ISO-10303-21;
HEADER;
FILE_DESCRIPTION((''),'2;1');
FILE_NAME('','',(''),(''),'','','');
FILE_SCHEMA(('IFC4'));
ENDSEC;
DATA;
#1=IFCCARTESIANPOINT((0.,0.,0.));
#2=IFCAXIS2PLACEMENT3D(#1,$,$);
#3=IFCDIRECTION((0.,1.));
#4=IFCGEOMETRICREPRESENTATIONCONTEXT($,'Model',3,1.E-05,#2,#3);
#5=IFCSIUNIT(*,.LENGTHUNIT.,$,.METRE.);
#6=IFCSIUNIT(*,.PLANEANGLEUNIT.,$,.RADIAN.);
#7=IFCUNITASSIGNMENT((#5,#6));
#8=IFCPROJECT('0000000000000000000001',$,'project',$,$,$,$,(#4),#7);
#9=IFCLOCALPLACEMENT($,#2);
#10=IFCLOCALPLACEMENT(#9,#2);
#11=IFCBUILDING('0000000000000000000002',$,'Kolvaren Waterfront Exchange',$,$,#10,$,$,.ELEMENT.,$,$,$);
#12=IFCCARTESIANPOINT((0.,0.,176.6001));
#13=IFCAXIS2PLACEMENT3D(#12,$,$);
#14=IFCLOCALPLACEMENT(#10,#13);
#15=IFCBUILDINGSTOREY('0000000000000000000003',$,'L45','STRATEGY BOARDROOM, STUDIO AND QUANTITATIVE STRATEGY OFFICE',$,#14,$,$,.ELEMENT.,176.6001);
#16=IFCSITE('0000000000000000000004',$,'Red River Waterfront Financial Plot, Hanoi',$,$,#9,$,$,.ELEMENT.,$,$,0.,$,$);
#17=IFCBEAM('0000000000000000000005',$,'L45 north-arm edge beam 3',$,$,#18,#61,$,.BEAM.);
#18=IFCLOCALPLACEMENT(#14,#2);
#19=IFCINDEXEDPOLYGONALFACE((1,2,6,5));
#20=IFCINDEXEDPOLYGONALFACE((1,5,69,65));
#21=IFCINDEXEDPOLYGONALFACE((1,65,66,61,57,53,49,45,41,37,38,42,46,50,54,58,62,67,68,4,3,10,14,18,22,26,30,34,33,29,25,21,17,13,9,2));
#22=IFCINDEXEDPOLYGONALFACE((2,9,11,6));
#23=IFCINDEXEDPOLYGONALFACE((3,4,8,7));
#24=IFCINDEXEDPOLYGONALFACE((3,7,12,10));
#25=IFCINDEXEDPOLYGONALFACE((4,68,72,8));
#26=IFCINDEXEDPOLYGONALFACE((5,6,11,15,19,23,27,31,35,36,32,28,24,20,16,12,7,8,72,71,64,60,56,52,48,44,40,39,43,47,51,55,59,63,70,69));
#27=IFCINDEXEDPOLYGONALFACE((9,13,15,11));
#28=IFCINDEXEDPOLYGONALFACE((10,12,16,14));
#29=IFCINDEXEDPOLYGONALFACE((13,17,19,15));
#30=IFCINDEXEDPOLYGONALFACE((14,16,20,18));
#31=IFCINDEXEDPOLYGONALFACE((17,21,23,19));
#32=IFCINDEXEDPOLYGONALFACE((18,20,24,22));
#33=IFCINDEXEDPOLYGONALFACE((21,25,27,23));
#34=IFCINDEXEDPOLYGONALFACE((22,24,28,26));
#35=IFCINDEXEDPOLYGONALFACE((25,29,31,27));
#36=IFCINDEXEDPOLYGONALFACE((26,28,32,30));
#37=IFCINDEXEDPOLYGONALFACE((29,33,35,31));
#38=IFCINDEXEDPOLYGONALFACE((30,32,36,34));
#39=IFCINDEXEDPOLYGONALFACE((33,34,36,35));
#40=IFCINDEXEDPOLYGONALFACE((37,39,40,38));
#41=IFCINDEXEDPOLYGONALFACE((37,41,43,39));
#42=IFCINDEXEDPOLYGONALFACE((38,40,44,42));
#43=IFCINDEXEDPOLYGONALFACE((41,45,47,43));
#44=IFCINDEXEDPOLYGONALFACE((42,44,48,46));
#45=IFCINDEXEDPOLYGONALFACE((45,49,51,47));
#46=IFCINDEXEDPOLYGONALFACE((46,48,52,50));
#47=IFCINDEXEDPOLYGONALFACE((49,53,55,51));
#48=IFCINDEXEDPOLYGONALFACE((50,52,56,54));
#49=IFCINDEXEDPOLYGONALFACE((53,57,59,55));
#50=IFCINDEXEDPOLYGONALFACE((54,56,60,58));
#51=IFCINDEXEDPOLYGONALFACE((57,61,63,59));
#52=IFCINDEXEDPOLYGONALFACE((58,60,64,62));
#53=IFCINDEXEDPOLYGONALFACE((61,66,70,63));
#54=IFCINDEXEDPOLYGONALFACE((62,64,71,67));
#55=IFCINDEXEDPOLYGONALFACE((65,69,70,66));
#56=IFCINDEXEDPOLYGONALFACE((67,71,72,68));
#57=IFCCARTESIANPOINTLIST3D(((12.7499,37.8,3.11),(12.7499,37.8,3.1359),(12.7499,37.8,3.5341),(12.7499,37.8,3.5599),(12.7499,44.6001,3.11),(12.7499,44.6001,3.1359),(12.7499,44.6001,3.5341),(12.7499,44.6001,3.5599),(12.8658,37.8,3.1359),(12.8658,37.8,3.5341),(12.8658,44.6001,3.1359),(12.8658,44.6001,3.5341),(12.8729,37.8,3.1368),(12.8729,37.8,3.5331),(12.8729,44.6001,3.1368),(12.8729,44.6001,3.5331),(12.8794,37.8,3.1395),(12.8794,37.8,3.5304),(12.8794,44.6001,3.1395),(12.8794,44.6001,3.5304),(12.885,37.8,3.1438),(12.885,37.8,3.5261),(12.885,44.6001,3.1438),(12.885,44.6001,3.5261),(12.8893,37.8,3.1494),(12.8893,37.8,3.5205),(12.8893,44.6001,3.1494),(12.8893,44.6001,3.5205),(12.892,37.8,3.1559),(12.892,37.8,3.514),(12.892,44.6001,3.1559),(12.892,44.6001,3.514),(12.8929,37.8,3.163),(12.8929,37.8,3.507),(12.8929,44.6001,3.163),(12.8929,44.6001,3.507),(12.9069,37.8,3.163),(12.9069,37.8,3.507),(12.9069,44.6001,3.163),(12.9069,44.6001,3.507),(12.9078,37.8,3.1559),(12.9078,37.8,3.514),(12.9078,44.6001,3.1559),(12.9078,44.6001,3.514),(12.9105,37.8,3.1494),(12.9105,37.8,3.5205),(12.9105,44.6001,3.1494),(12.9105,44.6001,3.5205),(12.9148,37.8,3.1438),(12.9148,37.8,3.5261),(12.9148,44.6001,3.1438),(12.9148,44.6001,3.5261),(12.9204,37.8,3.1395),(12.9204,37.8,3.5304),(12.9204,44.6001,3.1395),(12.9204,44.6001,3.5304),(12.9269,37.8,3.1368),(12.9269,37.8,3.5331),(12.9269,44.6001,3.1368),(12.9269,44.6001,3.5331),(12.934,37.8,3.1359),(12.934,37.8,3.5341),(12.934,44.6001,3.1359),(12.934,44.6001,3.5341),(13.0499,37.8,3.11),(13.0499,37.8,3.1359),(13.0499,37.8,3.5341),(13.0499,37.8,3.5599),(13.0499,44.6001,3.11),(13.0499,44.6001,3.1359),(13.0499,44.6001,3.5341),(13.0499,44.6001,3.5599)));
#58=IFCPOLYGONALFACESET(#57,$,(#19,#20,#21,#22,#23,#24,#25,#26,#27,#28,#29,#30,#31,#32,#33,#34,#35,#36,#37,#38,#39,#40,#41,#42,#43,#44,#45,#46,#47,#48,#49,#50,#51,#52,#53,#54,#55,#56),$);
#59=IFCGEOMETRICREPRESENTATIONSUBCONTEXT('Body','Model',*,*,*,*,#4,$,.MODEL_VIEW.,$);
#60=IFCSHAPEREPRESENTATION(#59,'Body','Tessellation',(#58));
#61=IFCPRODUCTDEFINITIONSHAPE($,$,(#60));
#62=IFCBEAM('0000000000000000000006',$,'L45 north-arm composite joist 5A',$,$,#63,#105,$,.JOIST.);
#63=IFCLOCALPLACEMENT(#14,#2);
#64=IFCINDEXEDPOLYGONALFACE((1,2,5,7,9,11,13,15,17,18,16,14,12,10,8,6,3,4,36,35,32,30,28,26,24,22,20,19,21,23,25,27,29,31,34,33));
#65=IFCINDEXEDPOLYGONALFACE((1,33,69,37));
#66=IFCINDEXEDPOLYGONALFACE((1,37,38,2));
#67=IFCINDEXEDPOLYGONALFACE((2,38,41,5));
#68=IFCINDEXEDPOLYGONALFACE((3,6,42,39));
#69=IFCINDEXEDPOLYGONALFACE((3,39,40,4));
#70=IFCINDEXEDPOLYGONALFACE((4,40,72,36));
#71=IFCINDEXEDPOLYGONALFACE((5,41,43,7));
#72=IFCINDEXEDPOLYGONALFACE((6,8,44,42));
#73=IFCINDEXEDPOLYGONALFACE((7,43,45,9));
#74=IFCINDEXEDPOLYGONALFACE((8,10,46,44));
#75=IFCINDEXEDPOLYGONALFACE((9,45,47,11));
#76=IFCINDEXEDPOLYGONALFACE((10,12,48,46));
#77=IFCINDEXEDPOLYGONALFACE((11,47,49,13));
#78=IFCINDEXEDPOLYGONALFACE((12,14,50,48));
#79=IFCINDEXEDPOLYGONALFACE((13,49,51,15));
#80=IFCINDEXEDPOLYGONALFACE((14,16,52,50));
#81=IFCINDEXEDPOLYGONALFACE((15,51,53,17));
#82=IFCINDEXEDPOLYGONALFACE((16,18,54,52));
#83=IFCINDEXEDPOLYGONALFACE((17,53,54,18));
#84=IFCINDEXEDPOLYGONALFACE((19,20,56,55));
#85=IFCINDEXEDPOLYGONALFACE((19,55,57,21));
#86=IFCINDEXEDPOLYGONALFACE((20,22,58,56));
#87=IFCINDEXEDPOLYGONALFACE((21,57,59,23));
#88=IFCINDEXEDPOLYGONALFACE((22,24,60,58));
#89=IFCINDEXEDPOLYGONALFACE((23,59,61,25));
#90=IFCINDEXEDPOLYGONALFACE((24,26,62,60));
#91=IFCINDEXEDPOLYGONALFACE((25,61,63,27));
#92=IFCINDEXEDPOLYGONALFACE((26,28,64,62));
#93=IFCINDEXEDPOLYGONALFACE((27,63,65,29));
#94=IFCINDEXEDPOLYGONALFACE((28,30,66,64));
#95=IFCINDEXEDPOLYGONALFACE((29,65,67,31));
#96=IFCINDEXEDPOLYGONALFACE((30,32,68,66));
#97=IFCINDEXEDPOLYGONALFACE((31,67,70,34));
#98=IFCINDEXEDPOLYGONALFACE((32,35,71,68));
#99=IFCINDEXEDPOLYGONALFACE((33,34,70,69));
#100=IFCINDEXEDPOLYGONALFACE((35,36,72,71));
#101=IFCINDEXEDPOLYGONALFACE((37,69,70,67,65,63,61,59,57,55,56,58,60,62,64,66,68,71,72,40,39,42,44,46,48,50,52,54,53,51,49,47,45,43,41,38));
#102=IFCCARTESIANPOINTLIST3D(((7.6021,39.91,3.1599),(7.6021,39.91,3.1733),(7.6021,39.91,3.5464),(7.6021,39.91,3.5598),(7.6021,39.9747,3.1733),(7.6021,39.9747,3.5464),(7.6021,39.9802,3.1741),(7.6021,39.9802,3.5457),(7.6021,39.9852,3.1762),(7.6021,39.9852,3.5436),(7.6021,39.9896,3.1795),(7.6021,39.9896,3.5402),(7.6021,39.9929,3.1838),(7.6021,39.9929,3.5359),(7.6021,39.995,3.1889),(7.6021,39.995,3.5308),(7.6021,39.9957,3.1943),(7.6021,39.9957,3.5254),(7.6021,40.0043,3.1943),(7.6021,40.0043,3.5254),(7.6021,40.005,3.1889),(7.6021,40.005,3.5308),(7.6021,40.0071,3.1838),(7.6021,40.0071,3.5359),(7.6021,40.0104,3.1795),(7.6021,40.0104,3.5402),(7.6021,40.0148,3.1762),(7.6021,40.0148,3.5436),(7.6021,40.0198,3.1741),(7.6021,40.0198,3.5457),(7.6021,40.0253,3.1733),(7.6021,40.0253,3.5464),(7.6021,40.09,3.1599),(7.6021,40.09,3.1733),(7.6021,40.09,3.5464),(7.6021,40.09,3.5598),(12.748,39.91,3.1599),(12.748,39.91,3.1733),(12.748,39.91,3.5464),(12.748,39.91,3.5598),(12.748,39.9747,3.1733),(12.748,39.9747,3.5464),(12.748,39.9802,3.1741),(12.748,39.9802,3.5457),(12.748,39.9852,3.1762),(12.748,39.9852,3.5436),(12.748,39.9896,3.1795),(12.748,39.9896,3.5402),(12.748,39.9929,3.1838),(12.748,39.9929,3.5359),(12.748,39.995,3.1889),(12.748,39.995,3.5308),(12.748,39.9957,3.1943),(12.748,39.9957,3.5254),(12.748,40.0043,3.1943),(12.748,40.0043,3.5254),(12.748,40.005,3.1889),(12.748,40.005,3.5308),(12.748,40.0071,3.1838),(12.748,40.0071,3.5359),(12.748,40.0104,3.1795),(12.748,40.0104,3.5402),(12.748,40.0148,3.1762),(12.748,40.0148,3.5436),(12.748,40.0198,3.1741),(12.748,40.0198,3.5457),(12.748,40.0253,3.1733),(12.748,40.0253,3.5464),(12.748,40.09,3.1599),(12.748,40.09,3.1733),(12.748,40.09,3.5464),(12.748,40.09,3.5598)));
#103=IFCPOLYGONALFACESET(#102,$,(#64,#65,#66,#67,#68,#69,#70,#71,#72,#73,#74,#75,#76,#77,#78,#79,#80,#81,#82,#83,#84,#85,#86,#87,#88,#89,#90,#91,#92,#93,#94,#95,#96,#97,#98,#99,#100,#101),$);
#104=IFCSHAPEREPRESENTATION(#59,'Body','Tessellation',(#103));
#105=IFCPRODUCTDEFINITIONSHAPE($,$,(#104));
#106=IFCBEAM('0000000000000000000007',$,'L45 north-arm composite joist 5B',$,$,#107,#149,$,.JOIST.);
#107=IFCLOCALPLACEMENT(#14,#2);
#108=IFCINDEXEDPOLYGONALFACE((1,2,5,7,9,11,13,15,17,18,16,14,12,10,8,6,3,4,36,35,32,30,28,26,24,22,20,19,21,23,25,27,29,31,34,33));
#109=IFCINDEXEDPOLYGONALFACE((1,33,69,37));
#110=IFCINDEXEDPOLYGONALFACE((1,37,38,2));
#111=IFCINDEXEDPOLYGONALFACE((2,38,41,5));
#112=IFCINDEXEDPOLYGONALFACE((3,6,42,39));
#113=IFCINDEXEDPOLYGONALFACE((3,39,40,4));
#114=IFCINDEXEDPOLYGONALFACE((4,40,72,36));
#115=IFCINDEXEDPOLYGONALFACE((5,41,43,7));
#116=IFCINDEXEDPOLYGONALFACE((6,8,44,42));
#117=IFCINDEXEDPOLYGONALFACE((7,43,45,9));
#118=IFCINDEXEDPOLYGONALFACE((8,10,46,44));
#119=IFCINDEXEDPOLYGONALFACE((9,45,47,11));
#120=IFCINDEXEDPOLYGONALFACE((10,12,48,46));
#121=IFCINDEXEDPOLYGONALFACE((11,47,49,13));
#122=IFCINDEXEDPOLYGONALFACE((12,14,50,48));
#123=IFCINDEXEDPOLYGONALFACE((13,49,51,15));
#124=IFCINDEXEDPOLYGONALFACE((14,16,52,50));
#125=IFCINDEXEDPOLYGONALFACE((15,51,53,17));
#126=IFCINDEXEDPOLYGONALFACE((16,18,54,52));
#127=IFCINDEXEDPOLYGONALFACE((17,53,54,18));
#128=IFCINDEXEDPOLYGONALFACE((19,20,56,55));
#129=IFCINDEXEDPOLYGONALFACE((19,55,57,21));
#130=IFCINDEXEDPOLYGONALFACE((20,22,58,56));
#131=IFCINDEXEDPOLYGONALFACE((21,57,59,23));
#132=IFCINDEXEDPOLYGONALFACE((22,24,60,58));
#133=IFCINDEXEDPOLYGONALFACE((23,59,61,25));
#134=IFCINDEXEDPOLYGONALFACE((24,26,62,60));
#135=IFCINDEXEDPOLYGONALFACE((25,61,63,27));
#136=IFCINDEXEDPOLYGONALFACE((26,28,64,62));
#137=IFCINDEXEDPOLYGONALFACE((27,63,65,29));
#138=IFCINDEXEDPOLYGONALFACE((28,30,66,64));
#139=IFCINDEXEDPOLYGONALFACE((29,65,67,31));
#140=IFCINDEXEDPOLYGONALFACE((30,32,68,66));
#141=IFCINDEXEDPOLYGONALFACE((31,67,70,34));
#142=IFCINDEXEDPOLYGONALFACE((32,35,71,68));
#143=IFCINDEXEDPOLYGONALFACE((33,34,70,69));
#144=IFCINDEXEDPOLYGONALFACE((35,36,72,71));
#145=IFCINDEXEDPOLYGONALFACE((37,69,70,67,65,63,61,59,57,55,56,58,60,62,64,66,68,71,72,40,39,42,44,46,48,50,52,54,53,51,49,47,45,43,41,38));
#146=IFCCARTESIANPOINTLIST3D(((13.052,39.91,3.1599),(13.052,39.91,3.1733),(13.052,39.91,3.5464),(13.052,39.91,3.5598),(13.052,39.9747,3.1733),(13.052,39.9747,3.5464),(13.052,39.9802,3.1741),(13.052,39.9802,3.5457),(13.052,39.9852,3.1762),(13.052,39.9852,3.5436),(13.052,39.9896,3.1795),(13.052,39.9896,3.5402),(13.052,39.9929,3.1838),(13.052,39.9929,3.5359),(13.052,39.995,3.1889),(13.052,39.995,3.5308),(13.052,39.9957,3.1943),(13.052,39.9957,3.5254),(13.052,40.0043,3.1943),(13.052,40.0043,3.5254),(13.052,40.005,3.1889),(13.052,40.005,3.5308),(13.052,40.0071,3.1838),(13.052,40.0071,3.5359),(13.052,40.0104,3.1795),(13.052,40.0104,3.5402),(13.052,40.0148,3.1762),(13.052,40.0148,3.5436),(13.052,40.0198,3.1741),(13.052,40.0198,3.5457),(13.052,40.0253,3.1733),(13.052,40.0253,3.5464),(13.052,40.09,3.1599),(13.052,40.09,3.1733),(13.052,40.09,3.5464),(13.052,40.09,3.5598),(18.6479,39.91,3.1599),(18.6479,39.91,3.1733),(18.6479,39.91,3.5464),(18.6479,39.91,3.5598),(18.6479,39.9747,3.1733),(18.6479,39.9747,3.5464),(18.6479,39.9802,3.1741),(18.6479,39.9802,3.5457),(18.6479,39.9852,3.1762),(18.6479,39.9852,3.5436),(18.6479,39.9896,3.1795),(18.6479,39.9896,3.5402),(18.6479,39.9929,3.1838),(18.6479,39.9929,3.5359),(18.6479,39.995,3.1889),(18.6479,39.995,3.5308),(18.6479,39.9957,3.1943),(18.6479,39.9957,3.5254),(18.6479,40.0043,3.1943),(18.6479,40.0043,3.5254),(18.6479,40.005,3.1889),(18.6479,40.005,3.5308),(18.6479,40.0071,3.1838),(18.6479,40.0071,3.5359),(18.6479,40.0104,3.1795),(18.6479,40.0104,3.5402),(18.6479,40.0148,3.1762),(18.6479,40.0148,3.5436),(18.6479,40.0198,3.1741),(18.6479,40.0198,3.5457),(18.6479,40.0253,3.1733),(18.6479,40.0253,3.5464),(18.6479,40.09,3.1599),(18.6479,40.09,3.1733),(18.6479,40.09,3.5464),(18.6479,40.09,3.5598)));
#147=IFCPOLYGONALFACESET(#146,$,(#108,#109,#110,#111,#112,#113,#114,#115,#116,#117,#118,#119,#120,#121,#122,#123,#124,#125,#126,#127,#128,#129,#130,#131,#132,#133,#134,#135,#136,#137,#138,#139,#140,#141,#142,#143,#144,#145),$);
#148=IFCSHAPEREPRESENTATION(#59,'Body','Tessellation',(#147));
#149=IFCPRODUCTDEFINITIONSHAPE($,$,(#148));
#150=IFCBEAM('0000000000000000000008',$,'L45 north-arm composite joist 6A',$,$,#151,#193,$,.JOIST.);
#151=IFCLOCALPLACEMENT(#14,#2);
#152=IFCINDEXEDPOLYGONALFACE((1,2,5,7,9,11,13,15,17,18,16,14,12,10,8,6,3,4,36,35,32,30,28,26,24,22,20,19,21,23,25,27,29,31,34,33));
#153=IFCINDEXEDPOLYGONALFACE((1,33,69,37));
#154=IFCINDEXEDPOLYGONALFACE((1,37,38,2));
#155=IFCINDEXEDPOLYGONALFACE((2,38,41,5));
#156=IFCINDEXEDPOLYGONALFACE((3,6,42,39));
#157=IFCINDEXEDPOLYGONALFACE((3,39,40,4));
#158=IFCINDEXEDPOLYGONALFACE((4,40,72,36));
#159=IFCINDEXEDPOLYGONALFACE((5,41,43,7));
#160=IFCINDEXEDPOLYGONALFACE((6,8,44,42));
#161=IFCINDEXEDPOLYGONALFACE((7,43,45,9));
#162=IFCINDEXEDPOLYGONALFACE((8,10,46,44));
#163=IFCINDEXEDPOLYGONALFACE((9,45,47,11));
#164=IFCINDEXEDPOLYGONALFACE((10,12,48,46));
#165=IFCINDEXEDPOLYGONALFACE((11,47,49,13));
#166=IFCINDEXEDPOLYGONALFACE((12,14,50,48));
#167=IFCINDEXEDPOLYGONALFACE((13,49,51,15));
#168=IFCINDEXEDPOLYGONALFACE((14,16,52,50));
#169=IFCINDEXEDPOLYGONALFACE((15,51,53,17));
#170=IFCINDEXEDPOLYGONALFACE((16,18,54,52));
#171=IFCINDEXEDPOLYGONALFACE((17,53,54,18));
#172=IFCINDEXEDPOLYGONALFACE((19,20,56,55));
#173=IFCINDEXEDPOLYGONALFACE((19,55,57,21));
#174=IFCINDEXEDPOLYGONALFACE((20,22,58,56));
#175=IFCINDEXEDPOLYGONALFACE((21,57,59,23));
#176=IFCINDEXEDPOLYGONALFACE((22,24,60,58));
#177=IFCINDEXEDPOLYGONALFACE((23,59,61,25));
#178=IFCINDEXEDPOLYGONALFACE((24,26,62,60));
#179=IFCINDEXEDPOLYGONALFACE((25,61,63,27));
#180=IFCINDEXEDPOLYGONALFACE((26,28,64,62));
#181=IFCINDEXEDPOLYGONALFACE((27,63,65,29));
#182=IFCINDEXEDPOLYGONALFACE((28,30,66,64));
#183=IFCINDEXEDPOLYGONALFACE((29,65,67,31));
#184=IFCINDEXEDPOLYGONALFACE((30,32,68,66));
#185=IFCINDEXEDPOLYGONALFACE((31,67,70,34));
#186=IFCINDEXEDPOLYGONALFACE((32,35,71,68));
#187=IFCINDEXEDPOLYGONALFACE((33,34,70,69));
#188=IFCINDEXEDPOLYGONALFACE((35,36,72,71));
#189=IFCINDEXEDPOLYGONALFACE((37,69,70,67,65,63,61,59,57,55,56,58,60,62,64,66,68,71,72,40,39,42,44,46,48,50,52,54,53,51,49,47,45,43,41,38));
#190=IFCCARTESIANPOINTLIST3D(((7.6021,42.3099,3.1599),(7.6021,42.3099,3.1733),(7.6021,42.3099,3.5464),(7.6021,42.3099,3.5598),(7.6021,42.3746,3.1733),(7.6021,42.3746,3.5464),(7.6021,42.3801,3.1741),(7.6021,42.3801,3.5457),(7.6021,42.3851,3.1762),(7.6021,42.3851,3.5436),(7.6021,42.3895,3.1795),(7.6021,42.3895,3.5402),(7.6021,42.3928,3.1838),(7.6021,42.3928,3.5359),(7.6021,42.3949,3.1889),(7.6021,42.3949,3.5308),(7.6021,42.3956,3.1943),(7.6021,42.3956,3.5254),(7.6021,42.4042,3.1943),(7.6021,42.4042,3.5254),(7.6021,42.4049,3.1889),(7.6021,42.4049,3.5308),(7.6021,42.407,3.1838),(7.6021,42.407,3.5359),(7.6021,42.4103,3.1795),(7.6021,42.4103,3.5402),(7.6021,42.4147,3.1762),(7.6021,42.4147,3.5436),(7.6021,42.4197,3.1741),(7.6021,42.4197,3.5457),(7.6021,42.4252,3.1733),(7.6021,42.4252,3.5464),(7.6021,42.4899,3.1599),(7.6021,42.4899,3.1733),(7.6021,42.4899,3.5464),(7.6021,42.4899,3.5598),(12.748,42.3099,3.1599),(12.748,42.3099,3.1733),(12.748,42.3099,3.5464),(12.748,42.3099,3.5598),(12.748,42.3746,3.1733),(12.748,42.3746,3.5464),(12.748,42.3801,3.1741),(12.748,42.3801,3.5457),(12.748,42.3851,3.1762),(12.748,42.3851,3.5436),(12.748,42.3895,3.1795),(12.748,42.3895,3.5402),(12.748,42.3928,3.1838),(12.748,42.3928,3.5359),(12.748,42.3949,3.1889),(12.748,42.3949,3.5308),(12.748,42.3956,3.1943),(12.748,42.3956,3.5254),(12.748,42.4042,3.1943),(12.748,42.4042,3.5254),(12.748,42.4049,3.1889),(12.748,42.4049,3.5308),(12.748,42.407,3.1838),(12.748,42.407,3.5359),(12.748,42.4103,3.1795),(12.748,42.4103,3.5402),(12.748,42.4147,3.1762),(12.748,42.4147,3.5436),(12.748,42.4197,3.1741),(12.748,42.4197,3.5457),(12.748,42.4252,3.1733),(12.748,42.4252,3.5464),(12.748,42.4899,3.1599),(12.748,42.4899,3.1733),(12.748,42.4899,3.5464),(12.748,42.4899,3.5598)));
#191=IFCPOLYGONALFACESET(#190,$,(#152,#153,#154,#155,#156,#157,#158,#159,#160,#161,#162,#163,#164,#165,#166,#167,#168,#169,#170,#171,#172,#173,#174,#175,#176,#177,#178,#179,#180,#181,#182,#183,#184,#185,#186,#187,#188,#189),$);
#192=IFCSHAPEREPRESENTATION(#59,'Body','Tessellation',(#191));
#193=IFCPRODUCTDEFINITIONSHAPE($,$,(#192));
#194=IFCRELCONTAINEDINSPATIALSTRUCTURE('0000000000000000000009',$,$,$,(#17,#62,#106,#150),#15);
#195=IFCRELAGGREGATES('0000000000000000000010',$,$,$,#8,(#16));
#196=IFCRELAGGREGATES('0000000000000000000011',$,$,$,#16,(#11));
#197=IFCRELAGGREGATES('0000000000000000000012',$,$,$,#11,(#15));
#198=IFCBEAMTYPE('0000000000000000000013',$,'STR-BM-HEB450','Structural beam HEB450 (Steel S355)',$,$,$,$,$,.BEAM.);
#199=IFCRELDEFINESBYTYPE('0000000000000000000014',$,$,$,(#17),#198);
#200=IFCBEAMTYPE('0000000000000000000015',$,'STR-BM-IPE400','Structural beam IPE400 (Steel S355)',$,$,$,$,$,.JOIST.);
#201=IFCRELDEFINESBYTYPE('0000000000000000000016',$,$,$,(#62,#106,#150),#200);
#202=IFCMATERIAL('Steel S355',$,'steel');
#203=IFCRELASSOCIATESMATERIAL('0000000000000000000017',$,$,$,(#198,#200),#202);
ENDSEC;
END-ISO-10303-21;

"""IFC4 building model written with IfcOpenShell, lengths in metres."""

from ifc_helpers import new_model, si_unit, direction, frame, origin, origin_2d, place, context, subcontext, project, spatial, i_section, extrude, material, material_profile, profile_set, type_object, element, save


model = new_model("IFC4")

# Units and contexts
model_context = context("Model", 3, precision=1e-05, world=origin(), true_north=direction((0.0, 1.0)))
body_context = subcontext(model_context, "Body", "Model", "MODEL_VIEW")
ifc_project = project(units=[si_unit("LENGTHUNIT", "METRE"), si_unit("PLANEANGLEUNIT", "RADIAN")], contexts=[model_context])

# Site, building, storey
site_placement = place(None, origin())
site = spatial("IfcSite", under=ifc_project, at=site_placement, Name="Red River Waterfront Financial Plot, Hanoi", CompositionType="ELEMENT", RefElevation=0.0)
building_placement = place(site_placement, origin())
building = spatial("IfcBuilding", under=site, at=building_placement, Name="Kolvaren Waterfront Exchange", CompositionType="ELEMENT")
storey_placement = place(building_placement, frame((0.0, 0.0, 176.6001)))
storey = spatial("IfcBuildingStorey", under=building, at=storey_placement, Name="L45", Description="STRATEGY BOARDROOM, STUDIO AND QUANTITATIVE STRATEGY OFFICE", CompositionType="ELEMENT", Elevation=176.6001)

# Beams
ifc_material_1 = material(Name="Steel S355", Category="steel")
ifc_material_profile_1 = material_profile(ifc_material_1, i_section(OverallWidth=0.3, OverallDepth=0.45, WebThickness=0.0139, FlangeThickness=0.0259, FilletRadius=0.0271, at=origin_2d()), Name="HEB450")
ifc_profile_set_1 = profile_set([ifc_material_profile_1], Name="Steel S355")
beam_type_1 = type_object("IfcBeamType", Name="STR-BM-HEB450", Description="Structural beam HEB450 (Steel S355)", PredefinedType="BEAM", material=ifc_profile_set_1)
beam_1_placement = place(storey_placement, frame((12.8999, 37.8, 3.335), z_axis=(0.0, 1.0, 0.0), x_axis=(-1.0, 0.0, 0.0)))
element("IfcBeam", 1, at=beam_1_placement, inside=storey, type_object=beam_type_1, Name="L45 north-arm edge beam 3", PredefinedType="BEAM", context=body_context, shape_type="SweptSolid", body=[
    extrude(i_section(OverallWidth=0.3, OverallDepth=0.45, WebThickness=0.0139, FlangeThickness=0.0259, FilletRadius=0.0271, at=origin_2d()), origin(), (0.0, 0.0, 1.0), 6.8),
])
ifc_material_profile_2 = material_profile(ifc_material_1, i_section(OverallWidth=0.1799, OverallDepth=0.3999, WebThickness=0.0085, FlangeThickness=0.0134, FilletRadius=0.021, at=origin_2d()), Name="IPE400")
ifc_profile_set_2 = profile_set([ifc_material_profile_2], Name="Steel S355")
beam_type_2 = type_object("IfcBeamType", Name="STR-BM-IPE400", Description="Structural beam IPE400 (Steel S355)", PredefinedType="JOIST", material=ifc_profile_set_2)
beam_2_placement = place(storey_placement, frame((7.6021, 40.0, 3.3599), z_axis=(1.0, 0.0, 0.0), x_axis=(0.0, 1.0, 0.0)))
element("IfcBeam", 2, at=beam_2_placement, inside=storey, type_object=beam_type_2, Name="L45 north-arm composite joist 5A", PredefinedType="JOIST", context=body_context, shape_type="SweptSolid", body=[
    extrude(i_section(OverallWidth=0.1799, OverallDepth=0.3999, WebThickness=0.0085, FlangeThickness=0.0134, FilletRadius=0.021, at=origin_2d()), origin(), (0.0, 0.0, 1.0), 5.146),
])
beam_3_placement = place(storey_placement, frame((13.052, 40.0, 3.3599), z_axis=(1.0, 0.0, 0.0), x_axis=(0.0, 1.0, 0.0)))
element("IfcBeam", 3, at=beam_3_placement, inside=storey, type_object=beam_type_2, Name="L45 north-arm composite joist 5B", PredefinedType="JOIST", context=body_context, shape_type="SweptSolid", body=[
    extrude(i_section(OverallWidth=0.1799, OverallDepth=0.3999, WebThickness=0.0085, FlangeThickness=0.0134, FilletRadius=0.021, at=origin_2d()), origin(), (0.0, 0.0, 1.0), 5.5959),
])
beam_4_placement = place(storey_placement, frame((7.6021, 42.3999, 3.3599), z_axis=(1.0, 0.0, 0.0), x_axis=(0.0, 1.0, 0.0)))
element("IfcBeam", 4, at=beam_4_placement, inside=storey, type_object=beam_type_2, Name="L45 north-arm composite joist 6A", PredefinedType="JOIST", context=body_context, shape_type="SweptSolid", body=[
    extrude(i_section(OverallWidth=0.1799, OverallDepth=0.3999, WebThickness=0.0085, FlangeThickness=0.0134, FilletRadius=0.021, at=origin_2d()), origin(), (0.0, 0.0, 1.0), 5.146),
])

save(model, "model.ifc")
